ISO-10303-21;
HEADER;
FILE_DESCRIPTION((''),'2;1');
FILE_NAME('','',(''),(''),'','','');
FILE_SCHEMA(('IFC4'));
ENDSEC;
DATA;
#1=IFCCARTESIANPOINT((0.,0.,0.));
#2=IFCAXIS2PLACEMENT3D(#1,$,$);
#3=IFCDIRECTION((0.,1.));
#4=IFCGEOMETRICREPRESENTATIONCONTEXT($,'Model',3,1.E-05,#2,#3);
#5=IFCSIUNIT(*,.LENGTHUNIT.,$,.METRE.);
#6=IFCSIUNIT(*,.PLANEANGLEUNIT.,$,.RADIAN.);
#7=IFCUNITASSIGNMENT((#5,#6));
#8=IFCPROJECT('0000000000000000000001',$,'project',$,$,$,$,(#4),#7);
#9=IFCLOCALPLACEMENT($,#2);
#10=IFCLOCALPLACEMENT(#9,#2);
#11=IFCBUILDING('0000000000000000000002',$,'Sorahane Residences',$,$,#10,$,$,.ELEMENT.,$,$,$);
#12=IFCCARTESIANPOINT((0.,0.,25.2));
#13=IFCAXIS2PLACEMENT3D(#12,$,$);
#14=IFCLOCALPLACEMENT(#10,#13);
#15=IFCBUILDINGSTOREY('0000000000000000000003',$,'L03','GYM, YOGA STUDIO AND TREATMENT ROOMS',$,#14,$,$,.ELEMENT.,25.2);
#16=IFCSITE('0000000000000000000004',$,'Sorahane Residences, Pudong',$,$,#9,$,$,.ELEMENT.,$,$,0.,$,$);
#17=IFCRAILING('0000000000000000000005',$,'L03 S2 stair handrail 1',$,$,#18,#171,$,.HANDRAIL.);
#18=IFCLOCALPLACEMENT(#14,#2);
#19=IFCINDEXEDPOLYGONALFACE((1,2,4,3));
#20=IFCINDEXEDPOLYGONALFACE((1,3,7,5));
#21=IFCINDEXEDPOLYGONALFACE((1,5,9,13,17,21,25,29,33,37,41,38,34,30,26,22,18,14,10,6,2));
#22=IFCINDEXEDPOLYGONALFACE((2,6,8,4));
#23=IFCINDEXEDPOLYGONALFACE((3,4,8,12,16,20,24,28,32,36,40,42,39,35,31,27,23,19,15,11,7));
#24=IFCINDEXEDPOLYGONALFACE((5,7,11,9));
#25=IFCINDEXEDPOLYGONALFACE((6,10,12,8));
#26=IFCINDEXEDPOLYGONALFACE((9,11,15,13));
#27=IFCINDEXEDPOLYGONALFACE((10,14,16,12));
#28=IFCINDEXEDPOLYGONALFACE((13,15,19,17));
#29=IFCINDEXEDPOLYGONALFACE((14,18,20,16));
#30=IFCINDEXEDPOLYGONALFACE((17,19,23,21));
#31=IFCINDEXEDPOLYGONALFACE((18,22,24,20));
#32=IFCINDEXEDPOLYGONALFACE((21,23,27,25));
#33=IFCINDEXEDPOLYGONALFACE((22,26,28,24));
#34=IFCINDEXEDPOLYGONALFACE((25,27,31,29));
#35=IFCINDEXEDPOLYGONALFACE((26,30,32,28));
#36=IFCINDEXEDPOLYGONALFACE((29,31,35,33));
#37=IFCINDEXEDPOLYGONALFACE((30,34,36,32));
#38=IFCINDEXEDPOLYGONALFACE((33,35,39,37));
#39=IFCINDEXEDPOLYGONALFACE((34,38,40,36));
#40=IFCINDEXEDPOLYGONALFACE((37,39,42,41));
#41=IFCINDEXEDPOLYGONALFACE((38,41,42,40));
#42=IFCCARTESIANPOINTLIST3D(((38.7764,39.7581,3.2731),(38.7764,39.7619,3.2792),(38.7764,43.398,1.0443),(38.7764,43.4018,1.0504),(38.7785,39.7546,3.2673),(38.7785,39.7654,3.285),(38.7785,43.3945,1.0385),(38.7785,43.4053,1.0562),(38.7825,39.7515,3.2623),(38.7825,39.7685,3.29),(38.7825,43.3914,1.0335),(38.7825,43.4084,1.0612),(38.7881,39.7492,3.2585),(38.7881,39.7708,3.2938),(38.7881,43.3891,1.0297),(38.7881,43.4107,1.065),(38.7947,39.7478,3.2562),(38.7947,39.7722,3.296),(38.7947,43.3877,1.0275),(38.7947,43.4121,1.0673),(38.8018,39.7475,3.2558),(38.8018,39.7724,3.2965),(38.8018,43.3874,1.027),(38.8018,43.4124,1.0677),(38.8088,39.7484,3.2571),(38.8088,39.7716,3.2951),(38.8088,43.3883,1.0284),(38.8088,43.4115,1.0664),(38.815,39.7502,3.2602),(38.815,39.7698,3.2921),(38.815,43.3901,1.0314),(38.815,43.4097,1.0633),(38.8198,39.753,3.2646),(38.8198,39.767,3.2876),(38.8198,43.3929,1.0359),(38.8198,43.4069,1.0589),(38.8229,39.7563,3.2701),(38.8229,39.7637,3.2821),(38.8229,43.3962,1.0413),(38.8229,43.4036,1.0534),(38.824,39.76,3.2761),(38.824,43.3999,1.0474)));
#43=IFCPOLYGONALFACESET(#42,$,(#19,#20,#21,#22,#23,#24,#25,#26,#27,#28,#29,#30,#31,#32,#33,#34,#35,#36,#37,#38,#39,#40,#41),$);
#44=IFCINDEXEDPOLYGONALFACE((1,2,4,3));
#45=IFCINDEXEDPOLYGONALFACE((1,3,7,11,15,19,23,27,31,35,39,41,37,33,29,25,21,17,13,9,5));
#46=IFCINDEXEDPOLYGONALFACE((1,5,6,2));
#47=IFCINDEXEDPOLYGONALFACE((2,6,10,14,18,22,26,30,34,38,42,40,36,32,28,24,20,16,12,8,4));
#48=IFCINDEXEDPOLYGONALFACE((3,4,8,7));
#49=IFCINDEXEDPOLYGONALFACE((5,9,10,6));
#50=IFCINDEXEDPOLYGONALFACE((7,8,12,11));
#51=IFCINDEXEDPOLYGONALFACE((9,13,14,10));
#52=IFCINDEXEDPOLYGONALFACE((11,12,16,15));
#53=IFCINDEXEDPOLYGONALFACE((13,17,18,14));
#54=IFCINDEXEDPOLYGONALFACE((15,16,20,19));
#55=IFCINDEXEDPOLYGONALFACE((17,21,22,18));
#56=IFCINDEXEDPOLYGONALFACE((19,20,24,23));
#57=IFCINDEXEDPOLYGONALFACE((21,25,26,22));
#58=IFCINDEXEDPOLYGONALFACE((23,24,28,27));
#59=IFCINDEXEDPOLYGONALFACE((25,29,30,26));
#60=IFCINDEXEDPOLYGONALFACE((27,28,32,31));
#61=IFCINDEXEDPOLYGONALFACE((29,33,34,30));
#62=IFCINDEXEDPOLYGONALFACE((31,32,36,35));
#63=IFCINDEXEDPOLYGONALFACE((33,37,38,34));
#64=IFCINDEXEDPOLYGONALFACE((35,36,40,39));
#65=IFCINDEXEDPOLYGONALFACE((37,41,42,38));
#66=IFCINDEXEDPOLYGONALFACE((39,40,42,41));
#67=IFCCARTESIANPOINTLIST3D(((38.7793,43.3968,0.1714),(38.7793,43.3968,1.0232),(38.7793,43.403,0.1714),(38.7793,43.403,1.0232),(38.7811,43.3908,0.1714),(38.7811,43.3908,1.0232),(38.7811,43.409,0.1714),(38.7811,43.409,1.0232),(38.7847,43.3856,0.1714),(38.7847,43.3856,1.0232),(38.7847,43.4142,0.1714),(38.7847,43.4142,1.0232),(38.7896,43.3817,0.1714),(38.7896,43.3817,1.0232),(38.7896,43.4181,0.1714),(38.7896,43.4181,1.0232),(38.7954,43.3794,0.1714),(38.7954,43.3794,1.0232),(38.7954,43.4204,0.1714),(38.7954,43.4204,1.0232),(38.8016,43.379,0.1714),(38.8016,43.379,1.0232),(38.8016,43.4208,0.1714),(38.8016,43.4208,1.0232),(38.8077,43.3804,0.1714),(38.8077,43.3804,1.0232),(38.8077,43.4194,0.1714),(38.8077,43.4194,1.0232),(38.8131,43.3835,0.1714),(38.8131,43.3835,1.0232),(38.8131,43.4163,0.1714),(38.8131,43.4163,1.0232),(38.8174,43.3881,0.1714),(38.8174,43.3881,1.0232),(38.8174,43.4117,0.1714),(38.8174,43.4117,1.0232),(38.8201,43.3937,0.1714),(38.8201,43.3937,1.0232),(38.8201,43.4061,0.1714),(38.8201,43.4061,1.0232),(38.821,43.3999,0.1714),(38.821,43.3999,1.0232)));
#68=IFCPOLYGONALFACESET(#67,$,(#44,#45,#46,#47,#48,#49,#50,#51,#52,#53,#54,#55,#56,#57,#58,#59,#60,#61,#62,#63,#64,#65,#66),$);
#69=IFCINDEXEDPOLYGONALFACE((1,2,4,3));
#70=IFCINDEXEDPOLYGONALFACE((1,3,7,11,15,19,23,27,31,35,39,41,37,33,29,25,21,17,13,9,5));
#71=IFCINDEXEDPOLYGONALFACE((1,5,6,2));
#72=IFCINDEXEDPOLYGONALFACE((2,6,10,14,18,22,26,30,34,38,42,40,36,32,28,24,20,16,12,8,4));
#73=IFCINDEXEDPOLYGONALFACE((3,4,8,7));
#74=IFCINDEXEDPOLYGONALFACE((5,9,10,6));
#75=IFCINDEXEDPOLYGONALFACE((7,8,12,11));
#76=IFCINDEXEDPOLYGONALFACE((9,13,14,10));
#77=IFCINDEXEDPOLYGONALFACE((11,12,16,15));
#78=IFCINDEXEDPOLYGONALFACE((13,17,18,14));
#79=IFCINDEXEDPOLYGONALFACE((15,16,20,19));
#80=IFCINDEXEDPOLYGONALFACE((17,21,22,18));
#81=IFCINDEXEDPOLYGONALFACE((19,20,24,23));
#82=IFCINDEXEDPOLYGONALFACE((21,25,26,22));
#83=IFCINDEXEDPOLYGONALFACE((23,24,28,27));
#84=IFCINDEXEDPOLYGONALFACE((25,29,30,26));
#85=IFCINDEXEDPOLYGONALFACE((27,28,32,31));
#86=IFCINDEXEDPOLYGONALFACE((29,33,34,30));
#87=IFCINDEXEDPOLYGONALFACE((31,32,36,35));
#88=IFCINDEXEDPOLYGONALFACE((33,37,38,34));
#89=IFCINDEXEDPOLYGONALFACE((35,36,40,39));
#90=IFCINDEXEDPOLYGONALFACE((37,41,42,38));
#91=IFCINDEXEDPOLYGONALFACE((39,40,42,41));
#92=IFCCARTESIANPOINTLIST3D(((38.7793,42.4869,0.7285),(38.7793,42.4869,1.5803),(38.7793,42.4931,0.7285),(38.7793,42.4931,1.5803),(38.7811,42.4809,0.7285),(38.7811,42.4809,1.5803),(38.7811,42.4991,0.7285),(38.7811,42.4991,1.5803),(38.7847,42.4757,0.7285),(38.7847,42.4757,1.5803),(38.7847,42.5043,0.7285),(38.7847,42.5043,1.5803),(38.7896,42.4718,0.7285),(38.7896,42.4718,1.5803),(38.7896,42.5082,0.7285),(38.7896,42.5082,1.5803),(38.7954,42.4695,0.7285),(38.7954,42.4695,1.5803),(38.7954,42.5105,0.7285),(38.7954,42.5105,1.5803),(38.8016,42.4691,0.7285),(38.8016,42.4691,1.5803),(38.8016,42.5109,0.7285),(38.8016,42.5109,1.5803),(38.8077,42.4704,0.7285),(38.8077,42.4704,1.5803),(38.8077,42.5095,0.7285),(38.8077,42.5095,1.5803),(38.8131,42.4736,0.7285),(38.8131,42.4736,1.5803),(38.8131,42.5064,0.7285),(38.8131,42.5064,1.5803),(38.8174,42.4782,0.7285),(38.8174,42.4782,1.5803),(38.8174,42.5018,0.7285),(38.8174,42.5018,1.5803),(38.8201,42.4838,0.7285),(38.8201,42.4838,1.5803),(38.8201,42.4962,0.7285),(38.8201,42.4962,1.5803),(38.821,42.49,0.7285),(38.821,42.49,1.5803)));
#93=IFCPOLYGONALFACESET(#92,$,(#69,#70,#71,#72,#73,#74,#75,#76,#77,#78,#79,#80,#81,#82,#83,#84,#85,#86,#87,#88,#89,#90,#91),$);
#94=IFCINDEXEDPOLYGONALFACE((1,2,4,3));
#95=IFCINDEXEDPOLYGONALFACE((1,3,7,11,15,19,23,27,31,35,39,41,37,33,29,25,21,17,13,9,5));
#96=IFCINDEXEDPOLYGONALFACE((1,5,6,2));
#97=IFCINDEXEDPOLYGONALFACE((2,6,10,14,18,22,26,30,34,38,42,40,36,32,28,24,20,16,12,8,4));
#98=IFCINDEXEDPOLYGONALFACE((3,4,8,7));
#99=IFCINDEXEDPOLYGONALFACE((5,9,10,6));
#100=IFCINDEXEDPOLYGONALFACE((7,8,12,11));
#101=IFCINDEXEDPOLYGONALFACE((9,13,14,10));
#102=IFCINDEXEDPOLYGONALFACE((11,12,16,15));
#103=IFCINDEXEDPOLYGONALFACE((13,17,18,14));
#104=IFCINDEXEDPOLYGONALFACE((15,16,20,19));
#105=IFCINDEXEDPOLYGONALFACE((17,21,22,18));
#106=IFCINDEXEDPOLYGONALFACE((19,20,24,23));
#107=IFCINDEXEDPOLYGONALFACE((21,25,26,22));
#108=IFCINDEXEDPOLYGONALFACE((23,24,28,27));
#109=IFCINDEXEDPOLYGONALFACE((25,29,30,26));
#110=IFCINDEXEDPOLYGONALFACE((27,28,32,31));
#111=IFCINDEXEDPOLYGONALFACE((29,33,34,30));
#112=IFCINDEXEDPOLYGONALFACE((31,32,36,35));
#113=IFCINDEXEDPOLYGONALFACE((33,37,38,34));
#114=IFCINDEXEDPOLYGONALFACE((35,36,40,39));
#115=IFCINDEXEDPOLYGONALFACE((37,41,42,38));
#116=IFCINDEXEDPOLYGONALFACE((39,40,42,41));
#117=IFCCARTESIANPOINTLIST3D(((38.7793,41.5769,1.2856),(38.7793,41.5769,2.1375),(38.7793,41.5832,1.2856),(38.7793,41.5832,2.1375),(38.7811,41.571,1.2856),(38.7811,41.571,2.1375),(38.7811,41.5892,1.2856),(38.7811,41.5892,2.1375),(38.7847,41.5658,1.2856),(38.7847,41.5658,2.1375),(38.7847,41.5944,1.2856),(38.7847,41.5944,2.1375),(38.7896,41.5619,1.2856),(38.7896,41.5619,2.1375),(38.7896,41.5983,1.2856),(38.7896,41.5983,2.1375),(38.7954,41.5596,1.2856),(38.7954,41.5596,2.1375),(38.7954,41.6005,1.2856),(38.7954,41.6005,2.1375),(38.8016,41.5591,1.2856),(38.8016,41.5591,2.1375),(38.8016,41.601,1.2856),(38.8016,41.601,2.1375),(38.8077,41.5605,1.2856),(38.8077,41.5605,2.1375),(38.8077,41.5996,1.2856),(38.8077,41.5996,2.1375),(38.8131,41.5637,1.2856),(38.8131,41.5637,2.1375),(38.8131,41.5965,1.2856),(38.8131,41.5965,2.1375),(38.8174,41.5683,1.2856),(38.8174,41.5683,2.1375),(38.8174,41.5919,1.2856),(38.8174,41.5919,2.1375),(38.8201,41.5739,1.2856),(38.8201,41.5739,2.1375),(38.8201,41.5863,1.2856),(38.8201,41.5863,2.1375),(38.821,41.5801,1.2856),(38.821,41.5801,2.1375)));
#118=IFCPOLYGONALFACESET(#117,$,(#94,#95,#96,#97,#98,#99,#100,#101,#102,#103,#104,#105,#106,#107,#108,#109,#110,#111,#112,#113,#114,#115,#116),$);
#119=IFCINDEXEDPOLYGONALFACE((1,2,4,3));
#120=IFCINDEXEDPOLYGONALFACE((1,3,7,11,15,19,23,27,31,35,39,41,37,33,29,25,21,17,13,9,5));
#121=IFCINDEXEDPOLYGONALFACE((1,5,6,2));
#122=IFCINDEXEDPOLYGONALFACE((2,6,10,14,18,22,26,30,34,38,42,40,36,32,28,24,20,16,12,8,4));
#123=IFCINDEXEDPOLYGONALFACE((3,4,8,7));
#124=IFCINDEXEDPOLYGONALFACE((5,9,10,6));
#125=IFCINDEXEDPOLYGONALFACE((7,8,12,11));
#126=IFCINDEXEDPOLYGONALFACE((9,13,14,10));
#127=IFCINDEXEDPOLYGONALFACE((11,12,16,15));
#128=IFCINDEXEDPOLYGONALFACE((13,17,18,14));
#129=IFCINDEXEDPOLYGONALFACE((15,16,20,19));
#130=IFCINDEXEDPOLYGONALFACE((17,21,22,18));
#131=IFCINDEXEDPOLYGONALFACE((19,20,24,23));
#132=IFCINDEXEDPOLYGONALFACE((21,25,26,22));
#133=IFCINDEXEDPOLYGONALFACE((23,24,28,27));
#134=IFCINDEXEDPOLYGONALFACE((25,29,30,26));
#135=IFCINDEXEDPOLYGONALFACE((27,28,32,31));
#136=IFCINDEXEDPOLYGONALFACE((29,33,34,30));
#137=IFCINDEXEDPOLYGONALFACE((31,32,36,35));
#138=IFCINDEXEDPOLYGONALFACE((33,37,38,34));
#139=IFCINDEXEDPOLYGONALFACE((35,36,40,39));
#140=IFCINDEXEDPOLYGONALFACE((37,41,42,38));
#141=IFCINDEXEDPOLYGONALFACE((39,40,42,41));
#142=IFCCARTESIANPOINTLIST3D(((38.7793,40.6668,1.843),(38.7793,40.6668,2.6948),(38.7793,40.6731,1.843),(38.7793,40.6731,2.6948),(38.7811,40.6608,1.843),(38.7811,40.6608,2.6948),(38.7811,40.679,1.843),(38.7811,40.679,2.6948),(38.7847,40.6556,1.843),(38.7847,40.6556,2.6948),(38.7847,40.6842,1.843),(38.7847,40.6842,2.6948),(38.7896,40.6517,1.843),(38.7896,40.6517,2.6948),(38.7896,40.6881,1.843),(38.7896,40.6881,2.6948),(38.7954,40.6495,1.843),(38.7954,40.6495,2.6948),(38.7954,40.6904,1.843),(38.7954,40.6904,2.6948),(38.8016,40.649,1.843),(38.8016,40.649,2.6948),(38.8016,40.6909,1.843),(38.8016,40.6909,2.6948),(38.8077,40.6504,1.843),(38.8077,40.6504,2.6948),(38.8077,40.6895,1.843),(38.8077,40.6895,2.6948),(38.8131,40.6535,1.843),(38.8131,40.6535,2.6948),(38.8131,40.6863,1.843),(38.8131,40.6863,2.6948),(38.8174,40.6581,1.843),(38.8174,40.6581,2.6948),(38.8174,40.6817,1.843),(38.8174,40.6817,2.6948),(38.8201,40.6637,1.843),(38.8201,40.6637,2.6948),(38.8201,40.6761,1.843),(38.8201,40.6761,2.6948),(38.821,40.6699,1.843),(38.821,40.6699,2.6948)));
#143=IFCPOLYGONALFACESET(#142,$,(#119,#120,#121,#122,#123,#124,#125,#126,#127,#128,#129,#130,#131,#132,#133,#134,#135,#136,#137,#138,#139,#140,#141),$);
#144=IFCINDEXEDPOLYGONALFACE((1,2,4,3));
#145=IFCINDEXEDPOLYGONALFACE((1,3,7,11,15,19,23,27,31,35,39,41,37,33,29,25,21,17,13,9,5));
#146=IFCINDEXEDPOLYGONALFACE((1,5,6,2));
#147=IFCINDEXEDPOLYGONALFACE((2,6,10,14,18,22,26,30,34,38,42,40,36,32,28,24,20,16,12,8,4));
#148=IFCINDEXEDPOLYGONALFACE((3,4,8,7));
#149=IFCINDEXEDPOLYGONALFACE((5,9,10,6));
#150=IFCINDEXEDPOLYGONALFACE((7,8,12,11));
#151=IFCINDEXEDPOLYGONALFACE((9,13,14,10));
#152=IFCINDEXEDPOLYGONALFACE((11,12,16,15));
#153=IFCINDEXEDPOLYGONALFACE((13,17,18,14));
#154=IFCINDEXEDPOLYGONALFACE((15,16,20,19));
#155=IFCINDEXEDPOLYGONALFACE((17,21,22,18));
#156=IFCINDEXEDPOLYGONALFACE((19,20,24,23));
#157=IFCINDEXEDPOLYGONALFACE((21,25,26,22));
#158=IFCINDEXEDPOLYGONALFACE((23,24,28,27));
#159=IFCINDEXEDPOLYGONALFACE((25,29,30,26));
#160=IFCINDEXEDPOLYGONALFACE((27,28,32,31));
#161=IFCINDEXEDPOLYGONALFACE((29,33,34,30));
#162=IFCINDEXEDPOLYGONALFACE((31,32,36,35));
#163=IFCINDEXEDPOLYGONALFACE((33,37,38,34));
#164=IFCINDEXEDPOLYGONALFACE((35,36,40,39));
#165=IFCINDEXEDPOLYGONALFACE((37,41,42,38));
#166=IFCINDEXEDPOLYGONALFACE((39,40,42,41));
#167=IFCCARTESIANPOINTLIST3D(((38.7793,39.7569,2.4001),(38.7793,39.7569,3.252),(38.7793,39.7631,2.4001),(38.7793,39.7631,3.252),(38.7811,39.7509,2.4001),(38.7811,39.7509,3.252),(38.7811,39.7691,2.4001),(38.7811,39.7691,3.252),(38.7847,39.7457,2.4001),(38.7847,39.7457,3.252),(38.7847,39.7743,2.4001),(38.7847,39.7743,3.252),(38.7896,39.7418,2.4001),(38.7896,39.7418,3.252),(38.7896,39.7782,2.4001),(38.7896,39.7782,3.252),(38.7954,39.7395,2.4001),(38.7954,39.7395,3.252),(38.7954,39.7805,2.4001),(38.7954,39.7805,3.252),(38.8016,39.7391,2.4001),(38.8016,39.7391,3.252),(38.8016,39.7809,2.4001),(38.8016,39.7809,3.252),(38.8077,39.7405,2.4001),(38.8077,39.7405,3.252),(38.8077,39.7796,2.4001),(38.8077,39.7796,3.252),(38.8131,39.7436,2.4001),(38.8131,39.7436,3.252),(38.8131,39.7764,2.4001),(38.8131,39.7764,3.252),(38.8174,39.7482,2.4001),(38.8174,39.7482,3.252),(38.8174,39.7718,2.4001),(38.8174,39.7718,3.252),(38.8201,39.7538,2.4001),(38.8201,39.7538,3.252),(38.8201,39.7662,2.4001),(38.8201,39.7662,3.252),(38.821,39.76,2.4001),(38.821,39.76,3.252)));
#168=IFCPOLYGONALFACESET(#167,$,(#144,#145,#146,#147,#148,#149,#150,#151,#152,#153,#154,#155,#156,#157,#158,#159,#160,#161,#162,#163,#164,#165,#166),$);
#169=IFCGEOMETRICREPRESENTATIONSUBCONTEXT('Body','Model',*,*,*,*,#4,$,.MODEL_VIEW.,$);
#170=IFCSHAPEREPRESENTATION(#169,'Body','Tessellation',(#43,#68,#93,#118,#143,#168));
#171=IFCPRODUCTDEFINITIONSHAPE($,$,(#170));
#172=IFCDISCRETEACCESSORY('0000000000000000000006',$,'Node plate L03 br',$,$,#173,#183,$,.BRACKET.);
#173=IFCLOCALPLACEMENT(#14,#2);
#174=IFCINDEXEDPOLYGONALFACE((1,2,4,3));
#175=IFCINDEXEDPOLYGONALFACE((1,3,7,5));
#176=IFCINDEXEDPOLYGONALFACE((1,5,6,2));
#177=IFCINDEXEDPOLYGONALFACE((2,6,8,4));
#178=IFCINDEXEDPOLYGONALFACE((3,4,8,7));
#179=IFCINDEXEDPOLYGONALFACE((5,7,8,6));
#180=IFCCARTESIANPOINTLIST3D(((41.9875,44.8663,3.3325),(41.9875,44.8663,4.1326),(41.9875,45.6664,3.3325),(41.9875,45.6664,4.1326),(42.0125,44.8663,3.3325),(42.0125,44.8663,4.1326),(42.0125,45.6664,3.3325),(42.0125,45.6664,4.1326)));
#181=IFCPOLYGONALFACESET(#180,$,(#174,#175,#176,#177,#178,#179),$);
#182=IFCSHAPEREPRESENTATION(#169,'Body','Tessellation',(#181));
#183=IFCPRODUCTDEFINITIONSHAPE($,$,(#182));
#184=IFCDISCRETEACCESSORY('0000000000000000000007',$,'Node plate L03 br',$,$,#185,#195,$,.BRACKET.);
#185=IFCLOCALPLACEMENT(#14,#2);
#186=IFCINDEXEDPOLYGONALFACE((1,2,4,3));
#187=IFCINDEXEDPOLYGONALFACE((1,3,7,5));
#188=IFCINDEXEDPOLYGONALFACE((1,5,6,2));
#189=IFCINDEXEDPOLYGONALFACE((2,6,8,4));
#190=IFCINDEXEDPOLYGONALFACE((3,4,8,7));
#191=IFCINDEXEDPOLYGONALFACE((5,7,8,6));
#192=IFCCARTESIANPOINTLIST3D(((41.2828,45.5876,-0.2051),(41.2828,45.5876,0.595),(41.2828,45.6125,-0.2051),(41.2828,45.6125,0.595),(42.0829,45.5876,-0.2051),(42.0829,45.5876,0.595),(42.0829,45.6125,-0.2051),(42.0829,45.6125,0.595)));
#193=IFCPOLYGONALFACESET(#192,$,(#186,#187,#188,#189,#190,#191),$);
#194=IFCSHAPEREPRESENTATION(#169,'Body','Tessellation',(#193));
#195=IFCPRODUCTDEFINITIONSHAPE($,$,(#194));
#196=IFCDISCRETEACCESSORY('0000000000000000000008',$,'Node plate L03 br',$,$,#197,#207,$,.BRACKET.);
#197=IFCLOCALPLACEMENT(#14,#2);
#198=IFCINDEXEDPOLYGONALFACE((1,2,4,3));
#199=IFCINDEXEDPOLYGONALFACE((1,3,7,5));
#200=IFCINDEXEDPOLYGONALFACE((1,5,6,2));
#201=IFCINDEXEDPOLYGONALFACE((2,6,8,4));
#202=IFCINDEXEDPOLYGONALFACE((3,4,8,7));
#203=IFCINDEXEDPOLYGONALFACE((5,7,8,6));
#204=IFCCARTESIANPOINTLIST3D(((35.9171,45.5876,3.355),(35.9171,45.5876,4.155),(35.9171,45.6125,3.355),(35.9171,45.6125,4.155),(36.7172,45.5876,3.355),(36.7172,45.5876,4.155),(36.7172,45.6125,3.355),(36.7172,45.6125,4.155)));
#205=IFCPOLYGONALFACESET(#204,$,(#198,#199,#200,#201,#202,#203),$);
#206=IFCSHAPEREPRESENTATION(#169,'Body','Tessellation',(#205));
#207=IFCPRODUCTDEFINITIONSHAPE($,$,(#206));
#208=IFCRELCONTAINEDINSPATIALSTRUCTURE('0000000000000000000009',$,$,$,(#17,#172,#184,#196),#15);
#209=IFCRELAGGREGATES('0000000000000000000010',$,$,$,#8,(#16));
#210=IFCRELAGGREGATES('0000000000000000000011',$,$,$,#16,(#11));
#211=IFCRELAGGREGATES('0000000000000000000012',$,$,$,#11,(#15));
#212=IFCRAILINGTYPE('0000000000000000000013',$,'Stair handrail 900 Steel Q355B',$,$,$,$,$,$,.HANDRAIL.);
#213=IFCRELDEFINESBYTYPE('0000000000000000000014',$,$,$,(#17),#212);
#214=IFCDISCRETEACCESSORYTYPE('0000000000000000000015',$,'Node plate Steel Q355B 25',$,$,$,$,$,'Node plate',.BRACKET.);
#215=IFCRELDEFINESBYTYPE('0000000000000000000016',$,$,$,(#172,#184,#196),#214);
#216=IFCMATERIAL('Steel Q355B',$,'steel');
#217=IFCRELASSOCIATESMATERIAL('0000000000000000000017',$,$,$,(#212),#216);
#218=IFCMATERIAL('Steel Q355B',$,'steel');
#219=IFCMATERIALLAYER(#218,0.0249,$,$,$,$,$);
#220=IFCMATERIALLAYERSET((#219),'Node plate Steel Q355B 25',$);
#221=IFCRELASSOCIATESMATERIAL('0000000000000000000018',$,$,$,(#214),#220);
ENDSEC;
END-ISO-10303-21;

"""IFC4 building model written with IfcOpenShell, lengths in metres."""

from ifc_helpers import new_model, si_unit, direction, frame, origin, origin_2d, place, context, subcontext, project, spatial, rectangle, circle, extrude, material, layer, layer_set, type_object, element, save


model = new_model("IFC4")

# Units and contexts
model_context = context("Model", 3, precision=1e-05, world=origin(), true_north=direction((0.0, 1.0)))
body_context = subcontext(model_context, "Body", "Model", "MODEL_VIEW")
ifc_project = project(units=[si_unit("LENGTHUNIT", "METRE"), si_unit("PLANEANGLEUNIT", "RADIAN")], contexts=[model_context])

# Site, building, storey
site_placement = place(None, origin())
site = spatial("IfcSite", under=ifc_project, at=site_placement, Name="Sorahane Residences, Pudong", CompositionType="ELEMENT", RefElevation=0.0)
building_placement = place(site_placement, origin())
building = spatial("IfcBuilding", under=site, at=building_placement, Name="Sorahane Residences", CompositionType="ELEMENT")
storey_placement = place(building_placement, frame((0.0, 0.0, 25.2)))
storey = spatial("IfcBuildingStorey", under=building, at=storey_placement, Name="L03", Description="GYM, YOGA STUDIO AND TREATMENT ROOMS", CompositionType="ELEMENT", Elevation=25.2)

# Railing
ifc_material_1 = material(Name="Steel Q355B", Category="steel")
railing_type_1 = type_object("IfcRailingType", Name="Stair handrail 900 Steel Q355B", PredefinedType="HANDRAIL", material=ifc_material_1)
railing_1_placement = place(storey_placement, frame((38.8, 43.3999, 0.1714)))
element("IfcRailing", 1, at=railing_1_placement, inside=storey, type_object=railing_type_1, Name="L03 S2 stair handrail 1", PredefinedType="HANDRAIL", context=body_context, shape_type="SweptSolid", body=[
    extrude(circle(Radius=0.0239, at=origin_2d()), frame((0.0, 0.0, 0.876), z_axis=(0.0, -0.852825, 0.522197), x_axis=(1.0, 0.0, 0.0)), (0.0, 0.0, 1.0), 4.2681),
    extrude(circle(Radius=0.021, at=origin_2d()), origin(), (0.0, 0.0, 1.0), 0.8518),
    extrude(circle(Radius=0.021, at=origin_2d()), frame((0.0, -0.9099, 0.5571)), (0.0, 0.0, 1.0), 0.8518),
    extrude(circle(Radius=0.021, at=origin_2d()), frame((0.0, -1.8198, 1.1143)), (0.0, 0.0, 1.0), 0.8518),
    extrude(circle(Radius=0.021, at=origin_2d()), frame((0.0, -2.73, 1.6716)), (0.0, 0.0, 1.0), 0.8518),
    extrude(circle(Radius=0.021, at=origin_2d()), frame((0.0, -3.6399, 2.2288)), (0.0, 0.0, 1.0), 0.8518),
])

# Discrete accessories
ifc_material_2 = material(Name="Steel Q355B", Category="steel")
ifc_layer_1 = layer(ifc_material_2, 0.0249)
ifc_layer_set_1 = layer_set([ifc_layer_1], Name="Node plate Steel Q355B 25")
discrete_accessory_type = type_object("IfcDiscreteAccessoryType", Name="Node plate Steel Q355B 25", ElementType="Node plate", PredefinedType="BRACKET", material=ifc_layer_set_1)
for number, where, z_axis, x_axis, name in (
    (2, (42.0, 45.2664, 3.3325), (0.0, 0.0, 1.0), (0.0, 1.0, 0.0), "Node plate L03 br"),
    (3, (41.6829, 45.6001, -0.2051), (0.0, 0.0, 1.0), (1.0, 0.0, 0.0), "Node plate L03 br"),
    (4, (36.3171, 45.6001, 3.355), (0.0, 0.0, 1.0), (1.0, 0.0, 0.0), "Node plate L03 br"),
):
    element("IfcDiscreteAccessory", number, at=place(storey_placement, frame(where, z_axis=z_axis, x_axis=x_axis)), inside=storey, type_object=discrete_accessory_type, Name=name, PredefinedType="BRACKET", context=body_context, shape_type="SweptSolid", body=[
        extrude(rectangle(XDim=0.8, YDim=0.0249, at=origin_2d()), origin(), (0.0, 0.0, 1.0), 0.8),
    ])

save(model, "model.ifc")
